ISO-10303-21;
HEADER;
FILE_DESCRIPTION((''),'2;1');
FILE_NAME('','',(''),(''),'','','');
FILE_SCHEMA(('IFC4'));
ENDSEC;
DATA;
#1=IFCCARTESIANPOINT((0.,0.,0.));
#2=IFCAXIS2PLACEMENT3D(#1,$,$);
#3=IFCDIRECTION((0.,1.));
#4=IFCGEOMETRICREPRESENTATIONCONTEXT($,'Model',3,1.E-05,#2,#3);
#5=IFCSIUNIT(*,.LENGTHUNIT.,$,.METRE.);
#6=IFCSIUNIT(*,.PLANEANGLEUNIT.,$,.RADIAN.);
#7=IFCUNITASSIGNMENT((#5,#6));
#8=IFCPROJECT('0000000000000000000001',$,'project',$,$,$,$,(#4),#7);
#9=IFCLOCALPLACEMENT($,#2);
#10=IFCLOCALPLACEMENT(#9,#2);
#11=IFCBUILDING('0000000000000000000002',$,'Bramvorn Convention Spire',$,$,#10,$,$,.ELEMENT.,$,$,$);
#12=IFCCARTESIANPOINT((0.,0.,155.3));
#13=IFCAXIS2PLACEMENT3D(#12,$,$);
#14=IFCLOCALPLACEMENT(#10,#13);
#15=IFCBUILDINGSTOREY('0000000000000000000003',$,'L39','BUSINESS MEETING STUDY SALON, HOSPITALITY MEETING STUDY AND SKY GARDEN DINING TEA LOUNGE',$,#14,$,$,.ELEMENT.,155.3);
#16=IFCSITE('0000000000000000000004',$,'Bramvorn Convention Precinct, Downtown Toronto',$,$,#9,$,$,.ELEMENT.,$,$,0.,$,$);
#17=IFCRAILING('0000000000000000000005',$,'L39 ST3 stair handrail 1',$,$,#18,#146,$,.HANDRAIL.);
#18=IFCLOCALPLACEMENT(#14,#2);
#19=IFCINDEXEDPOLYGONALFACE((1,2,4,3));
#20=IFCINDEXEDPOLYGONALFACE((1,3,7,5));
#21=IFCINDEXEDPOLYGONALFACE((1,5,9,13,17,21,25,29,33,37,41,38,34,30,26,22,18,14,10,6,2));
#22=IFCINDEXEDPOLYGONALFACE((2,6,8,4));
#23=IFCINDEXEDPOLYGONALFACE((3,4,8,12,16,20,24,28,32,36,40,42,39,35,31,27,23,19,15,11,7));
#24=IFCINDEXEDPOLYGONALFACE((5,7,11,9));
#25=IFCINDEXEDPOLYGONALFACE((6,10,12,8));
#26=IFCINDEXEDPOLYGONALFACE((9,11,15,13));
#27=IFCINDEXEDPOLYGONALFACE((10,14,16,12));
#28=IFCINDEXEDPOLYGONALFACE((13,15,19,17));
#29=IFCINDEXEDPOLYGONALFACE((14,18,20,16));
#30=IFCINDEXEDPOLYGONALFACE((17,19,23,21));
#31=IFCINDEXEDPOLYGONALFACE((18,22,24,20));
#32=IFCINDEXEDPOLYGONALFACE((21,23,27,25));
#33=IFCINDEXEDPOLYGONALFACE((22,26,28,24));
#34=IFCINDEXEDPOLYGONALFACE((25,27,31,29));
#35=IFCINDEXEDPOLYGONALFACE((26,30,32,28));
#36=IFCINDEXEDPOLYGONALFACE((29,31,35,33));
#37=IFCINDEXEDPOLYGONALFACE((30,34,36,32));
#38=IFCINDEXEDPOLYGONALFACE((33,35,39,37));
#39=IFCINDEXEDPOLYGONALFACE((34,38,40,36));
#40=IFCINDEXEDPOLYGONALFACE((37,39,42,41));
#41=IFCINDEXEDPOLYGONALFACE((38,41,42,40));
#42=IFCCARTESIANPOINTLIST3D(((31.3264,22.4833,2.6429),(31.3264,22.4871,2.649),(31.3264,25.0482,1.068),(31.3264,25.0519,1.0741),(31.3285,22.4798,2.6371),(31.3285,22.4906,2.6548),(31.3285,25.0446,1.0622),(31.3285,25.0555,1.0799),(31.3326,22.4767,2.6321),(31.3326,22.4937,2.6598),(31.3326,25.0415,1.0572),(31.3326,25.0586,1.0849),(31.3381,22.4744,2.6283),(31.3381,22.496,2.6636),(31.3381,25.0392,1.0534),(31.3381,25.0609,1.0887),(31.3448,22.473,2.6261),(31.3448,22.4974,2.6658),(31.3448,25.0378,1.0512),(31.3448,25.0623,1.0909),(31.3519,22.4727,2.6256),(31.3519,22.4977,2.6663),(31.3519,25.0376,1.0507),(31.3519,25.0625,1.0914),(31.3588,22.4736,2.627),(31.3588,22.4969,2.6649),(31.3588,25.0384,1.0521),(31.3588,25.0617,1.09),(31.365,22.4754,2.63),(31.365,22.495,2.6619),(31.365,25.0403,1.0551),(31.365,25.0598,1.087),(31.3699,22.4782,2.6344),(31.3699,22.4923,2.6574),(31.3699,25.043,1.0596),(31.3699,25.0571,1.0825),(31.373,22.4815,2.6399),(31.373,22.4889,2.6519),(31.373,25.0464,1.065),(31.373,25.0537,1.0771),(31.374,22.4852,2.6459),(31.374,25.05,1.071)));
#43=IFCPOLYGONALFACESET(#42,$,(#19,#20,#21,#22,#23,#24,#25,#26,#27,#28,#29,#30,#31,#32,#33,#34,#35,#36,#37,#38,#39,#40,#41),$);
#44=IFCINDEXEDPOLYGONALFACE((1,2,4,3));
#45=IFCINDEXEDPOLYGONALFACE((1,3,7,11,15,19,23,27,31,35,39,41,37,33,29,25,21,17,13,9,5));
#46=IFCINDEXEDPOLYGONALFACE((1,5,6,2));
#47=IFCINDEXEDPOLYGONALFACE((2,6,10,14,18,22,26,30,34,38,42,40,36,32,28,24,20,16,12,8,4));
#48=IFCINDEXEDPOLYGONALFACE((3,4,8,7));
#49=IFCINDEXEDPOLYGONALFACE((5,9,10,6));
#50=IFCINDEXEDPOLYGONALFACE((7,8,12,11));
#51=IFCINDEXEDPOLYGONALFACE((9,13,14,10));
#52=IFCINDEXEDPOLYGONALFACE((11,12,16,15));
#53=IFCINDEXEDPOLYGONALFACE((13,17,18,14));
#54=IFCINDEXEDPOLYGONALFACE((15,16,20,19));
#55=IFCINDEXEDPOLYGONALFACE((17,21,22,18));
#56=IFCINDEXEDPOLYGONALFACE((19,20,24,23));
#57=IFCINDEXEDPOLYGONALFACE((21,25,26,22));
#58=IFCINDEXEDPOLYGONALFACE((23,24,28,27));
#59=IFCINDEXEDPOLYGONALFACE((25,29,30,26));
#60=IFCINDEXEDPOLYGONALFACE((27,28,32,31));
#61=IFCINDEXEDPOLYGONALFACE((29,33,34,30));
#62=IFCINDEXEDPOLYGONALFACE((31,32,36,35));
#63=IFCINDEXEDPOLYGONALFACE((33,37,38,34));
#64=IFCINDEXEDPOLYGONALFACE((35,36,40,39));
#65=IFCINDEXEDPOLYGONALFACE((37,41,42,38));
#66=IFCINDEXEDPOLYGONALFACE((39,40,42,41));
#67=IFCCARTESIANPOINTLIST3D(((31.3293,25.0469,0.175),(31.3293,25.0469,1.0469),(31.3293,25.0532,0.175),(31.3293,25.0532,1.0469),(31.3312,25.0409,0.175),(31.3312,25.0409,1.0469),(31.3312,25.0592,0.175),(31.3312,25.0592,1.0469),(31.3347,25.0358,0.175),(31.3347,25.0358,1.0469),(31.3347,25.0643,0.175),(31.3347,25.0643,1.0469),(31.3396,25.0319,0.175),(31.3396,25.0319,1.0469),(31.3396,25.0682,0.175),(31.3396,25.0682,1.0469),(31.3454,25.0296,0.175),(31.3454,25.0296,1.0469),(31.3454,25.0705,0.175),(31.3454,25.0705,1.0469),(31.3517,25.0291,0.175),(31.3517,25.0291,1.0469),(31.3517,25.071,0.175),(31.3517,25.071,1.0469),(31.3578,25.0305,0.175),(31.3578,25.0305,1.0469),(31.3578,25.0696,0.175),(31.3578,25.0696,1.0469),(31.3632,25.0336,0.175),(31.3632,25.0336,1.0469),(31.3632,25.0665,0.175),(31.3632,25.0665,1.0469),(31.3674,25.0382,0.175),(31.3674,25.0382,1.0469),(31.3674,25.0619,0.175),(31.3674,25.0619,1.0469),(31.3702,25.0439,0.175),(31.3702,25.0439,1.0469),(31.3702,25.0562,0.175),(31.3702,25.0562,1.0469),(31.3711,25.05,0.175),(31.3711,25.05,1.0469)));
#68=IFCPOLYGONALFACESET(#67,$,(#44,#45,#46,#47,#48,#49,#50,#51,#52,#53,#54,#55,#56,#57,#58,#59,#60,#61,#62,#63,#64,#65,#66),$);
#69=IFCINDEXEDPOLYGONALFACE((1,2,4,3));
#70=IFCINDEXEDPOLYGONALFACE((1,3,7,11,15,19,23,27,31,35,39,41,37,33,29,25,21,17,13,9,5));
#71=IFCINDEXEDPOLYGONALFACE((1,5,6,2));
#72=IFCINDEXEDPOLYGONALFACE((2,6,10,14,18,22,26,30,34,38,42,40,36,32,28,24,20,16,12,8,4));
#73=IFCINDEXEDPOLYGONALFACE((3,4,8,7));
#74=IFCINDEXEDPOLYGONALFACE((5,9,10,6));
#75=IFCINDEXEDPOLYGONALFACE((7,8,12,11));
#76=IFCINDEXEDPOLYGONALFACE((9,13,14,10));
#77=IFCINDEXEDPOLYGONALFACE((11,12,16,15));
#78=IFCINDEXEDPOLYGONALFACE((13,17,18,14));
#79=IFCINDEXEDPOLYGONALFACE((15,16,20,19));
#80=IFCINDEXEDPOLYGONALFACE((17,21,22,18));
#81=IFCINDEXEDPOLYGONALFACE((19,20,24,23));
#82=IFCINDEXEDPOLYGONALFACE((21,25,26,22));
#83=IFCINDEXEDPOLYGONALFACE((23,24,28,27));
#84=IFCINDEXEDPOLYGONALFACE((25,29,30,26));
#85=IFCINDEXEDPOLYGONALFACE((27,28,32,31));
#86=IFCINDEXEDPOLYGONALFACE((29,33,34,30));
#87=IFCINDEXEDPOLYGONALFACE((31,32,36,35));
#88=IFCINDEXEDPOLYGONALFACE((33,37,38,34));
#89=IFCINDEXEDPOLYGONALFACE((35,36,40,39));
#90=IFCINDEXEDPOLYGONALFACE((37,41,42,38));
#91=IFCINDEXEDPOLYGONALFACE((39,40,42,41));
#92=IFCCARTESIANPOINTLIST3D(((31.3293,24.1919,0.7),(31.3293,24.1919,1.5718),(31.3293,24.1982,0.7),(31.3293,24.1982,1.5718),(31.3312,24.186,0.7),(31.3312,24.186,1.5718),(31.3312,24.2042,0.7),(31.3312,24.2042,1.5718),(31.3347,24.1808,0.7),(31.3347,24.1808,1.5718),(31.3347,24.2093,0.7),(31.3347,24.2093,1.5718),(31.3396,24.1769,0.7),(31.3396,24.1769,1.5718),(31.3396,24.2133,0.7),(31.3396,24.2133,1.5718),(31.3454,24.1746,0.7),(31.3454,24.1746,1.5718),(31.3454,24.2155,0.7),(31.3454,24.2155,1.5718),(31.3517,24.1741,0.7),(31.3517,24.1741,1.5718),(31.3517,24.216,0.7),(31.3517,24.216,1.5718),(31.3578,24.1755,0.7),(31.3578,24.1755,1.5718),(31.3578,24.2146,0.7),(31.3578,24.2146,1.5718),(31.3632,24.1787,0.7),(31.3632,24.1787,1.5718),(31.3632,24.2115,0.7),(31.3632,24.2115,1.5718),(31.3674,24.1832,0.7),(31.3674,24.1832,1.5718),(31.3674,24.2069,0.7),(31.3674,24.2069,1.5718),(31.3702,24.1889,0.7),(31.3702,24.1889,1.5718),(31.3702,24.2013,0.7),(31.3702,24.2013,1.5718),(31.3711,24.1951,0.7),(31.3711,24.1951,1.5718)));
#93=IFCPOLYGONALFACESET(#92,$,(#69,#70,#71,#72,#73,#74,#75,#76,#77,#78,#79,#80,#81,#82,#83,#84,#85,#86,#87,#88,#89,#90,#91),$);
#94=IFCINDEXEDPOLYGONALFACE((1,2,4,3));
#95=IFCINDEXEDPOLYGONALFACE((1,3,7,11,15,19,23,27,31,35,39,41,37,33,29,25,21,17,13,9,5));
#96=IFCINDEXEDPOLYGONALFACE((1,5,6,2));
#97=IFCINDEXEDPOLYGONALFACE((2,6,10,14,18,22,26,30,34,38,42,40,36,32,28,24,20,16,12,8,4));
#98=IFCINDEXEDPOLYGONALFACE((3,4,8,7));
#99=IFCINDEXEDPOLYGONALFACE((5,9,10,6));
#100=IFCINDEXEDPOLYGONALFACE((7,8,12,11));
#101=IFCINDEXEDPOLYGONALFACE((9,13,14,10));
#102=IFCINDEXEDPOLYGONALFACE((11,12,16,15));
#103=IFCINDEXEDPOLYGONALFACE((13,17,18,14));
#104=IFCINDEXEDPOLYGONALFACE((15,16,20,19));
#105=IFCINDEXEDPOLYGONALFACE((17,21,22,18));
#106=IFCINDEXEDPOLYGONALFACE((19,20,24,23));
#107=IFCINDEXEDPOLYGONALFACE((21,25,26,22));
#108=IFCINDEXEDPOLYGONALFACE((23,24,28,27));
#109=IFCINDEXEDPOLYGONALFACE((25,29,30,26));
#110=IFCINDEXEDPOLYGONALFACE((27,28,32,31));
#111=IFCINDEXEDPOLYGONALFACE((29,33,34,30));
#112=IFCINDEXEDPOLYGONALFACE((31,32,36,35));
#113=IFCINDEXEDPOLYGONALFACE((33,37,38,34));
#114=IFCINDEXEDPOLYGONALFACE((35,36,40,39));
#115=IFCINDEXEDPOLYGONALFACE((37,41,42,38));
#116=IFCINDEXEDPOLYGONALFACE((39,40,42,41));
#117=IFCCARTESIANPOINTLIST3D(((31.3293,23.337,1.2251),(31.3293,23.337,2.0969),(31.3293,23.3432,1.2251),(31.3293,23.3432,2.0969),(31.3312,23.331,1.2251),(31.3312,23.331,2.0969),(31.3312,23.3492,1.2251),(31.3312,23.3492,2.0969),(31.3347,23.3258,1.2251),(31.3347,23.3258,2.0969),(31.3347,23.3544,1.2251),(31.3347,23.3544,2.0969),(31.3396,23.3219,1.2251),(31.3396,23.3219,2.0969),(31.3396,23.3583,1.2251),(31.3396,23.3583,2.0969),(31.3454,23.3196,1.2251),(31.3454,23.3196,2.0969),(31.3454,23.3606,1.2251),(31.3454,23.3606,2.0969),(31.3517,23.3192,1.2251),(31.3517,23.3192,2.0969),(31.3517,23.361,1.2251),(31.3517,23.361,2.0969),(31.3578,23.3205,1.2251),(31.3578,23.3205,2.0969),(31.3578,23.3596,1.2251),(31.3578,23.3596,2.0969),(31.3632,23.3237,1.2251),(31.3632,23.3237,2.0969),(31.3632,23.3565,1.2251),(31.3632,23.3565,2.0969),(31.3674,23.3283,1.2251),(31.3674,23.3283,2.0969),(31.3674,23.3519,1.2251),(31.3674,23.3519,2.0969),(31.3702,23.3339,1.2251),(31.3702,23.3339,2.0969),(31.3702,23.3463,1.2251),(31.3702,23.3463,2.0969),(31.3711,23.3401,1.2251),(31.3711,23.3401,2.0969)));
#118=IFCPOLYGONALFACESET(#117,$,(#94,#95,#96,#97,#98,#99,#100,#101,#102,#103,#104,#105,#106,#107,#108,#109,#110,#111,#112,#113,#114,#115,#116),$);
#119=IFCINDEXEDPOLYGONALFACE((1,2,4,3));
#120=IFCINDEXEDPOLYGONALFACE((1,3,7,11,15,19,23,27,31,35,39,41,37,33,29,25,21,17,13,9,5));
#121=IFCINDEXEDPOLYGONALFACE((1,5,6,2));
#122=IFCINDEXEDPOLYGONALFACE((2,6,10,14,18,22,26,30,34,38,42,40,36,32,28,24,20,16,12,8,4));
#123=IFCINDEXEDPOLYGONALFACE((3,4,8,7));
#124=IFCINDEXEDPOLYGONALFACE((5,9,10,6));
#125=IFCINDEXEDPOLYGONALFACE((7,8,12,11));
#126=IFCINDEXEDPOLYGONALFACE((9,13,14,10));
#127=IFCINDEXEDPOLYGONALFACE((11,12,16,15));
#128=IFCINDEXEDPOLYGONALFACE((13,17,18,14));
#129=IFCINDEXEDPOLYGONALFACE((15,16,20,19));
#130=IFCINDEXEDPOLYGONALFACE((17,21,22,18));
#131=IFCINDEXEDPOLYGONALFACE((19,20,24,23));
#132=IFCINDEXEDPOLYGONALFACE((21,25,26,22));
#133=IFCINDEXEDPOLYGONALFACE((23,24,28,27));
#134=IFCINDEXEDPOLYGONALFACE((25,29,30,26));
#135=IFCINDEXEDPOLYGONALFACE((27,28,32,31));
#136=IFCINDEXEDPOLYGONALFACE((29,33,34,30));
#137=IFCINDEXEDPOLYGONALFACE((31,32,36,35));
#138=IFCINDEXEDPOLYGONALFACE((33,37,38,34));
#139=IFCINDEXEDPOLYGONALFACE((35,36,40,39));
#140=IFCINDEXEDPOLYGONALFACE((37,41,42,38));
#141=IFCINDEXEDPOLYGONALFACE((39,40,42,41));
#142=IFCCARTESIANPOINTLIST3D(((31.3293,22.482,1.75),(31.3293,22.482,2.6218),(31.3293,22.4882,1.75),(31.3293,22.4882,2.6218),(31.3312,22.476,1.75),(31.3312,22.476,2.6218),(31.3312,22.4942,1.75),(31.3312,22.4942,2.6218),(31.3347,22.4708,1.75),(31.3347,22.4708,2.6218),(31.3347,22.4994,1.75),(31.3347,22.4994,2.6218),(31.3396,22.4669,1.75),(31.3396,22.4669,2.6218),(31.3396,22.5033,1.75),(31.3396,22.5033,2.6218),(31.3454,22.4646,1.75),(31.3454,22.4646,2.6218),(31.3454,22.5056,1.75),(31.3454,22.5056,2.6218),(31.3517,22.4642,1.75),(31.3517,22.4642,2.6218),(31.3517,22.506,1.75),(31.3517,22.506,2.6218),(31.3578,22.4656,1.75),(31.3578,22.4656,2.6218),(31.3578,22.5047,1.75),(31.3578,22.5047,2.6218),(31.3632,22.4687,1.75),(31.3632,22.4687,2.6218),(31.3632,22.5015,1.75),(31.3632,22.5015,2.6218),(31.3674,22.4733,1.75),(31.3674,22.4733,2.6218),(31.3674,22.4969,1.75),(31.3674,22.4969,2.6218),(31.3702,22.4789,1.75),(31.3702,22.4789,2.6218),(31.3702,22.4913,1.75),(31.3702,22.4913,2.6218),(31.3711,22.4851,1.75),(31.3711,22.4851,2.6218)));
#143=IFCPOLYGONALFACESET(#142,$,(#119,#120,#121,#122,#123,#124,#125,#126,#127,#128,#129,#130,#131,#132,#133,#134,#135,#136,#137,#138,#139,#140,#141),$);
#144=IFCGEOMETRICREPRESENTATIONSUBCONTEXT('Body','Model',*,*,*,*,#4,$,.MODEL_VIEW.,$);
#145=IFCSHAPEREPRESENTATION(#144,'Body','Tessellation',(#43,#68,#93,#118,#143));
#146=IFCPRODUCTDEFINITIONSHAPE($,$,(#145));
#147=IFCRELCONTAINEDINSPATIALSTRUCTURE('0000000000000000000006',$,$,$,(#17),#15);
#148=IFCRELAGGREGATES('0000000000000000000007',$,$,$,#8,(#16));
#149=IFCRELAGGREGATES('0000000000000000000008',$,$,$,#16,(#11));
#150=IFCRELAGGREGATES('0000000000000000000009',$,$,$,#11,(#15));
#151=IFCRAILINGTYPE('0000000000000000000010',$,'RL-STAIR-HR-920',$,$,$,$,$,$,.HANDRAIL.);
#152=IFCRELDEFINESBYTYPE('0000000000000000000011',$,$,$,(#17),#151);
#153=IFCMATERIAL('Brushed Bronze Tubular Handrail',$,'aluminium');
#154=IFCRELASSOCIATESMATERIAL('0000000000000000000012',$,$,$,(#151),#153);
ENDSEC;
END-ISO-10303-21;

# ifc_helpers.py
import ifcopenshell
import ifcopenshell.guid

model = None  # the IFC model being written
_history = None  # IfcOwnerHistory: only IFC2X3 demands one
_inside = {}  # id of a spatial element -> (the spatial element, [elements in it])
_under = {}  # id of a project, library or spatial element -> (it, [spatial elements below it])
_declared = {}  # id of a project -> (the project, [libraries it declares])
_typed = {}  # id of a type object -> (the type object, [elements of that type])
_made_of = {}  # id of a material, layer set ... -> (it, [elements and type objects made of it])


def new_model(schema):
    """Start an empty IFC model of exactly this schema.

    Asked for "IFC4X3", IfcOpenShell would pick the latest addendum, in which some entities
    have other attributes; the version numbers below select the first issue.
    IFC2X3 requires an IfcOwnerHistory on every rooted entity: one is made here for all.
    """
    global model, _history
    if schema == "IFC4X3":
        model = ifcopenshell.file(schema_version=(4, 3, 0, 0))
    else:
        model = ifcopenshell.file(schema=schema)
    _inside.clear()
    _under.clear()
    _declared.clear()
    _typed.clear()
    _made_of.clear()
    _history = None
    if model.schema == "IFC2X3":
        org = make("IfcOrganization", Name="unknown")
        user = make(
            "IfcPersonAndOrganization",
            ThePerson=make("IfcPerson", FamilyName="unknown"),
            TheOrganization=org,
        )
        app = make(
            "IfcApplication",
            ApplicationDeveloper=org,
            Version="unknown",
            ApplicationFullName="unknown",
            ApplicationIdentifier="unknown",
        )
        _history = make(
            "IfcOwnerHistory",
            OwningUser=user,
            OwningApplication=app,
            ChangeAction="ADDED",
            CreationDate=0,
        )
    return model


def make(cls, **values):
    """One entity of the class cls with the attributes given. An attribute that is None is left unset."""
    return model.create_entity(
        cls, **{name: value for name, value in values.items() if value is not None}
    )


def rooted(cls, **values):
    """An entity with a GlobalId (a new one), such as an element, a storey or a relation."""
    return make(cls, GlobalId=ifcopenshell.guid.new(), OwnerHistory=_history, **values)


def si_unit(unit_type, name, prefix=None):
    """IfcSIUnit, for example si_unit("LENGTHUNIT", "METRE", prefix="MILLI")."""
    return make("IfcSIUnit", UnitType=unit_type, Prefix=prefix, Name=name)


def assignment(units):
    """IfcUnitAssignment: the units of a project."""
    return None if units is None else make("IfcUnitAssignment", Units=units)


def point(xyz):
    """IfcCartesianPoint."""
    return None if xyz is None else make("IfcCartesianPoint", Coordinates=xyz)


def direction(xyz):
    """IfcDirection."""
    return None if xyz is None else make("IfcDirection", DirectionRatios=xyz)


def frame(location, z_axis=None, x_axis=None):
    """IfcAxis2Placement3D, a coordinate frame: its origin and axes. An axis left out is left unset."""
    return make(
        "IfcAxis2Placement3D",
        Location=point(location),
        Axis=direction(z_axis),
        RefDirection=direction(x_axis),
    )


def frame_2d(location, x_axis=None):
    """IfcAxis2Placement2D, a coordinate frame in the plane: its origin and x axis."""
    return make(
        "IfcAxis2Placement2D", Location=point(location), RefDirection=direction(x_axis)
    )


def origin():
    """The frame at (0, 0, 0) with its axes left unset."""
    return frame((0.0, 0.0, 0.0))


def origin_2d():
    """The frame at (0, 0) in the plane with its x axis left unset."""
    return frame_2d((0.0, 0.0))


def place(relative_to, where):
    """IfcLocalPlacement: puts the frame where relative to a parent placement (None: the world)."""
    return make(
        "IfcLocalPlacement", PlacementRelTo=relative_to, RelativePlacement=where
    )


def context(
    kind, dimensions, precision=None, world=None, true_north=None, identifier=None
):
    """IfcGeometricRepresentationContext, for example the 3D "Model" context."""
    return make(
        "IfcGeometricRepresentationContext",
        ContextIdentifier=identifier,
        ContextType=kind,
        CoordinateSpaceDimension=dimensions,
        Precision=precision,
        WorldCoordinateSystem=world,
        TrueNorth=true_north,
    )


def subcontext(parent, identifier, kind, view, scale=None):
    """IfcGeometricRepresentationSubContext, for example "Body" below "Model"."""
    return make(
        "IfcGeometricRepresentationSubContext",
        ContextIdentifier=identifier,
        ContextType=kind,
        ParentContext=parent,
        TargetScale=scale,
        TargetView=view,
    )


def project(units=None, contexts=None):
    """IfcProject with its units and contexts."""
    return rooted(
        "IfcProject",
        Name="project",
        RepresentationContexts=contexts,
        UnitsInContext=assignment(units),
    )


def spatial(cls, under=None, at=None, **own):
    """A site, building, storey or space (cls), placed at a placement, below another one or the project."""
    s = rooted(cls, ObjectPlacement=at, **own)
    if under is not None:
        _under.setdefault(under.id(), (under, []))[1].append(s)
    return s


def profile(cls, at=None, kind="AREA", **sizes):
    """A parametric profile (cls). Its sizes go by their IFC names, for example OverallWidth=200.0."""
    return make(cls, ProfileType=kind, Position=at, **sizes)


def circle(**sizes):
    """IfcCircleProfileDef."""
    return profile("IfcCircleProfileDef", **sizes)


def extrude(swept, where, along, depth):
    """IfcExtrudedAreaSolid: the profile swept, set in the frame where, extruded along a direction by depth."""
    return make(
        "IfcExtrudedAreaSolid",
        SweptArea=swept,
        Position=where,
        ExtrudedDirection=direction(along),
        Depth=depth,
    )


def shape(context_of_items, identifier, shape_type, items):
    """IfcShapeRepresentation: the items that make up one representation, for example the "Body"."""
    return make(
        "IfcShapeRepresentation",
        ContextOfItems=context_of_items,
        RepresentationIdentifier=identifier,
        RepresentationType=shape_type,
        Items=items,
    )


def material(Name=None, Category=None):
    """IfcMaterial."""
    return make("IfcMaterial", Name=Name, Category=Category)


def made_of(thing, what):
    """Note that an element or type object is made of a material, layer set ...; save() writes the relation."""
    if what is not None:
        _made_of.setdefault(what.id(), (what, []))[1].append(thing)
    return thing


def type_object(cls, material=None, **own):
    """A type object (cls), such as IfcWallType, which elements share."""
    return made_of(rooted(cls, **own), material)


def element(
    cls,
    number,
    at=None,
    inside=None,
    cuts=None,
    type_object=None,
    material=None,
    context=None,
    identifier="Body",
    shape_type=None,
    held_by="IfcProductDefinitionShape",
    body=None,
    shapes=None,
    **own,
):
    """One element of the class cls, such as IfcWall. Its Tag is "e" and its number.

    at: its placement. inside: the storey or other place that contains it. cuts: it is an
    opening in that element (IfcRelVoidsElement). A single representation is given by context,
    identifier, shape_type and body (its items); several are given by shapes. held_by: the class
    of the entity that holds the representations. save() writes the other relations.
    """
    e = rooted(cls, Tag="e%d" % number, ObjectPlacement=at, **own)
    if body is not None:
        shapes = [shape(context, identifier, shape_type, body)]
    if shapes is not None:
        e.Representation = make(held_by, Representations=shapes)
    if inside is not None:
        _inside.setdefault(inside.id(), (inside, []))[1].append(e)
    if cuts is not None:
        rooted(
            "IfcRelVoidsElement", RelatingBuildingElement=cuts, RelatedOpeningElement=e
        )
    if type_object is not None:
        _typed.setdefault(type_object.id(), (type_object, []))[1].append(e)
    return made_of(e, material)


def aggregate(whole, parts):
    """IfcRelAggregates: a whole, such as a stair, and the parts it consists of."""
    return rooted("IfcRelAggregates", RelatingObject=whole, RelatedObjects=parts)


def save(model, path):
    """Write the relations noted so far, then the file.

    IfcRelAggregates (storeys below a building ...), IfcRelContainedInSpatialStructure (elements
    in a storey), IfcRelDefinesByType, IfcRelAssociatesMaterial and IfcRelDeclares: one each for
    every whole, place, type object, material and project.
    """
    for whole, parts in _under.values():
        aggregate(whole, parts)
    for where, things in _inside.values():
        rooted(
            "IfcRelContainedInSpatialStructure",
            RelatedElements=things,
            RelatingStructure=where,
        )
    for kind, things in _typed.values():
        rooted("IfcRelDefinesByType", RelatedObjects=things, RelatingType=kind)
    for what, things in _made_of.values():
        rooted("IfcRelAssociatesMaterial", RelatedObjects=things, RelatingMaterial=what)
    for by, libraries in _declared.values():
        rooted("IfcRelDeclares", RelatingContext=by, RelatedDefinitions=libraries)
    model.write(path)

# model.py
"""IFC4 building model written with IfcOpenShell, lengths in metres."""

from ifc_helpers import new_model, si_unit, direction, frame, origin, origin_2d, place, context, subcontext, project, spatial, circle, extrude, material, type_object, element, save


model = new_model("IFC4")

# Units and contexts
model_context = context("Model", 3, precision=1e-05, world=origin(), true_north=direction((0.0, 1.0)))
body_context = subcontext(model_context, "Body", "Model", "MODEL_VIEW")
ifc_project = project(units=[si_unit("LENGTHUNIT", "METRE"), si_unit("PLANEANGLEUNIT", "RADIAN")], contexts=[model_context])

# Site, building, storey
site_placement = place(None, origin())
site = spatial("IfcSite", under=ifc_project, at=site_placement, Name="Bramvorn Convention Precinct, Downtown Toronto", CompositionType="ELEMENT", RefElevation=0.0)
building_placement = place(site_placement, origin())
building = spatial("IfcBuilding", under=site, at=building_placement, Name="Bramvorn Convention Spire", CompositionType="ELEMENT")
storey_placement = place(building_placement, frame((0.0, 0.0, 155.3)))
storey = spatial("IfcBuildingStorey", under=building, at=storey_placement, Name="L39", Description="BUSINESS MEETING STUDY SALON, HOSPITALITY MEETING STUDY AND SKY GARDEN DINING TEA LOUNGE", CompositionType="ELEMENT", Elevation=155.3)

# Railing
ifc_material_1 = material(Name="Brushed Bronze Tubular Handrail", Category="aluminium")
railing_type_1 = type_object("IfcRailingType", Name="RL-STAIR-HR-920", PredefinedType="HANDRAIL", material=ifc_material_1)
railing_1_placement = place(storey_placement, frame((31.3501, 25.05, 0.175)))
element("IfcRailing", 1, at=railing_1_placement, inside=storey, type_object=railing_type_1, Name="L39 ST3 stair handrail 1", PredefinedType="HANDRAIL", context=body_context, shape_type="SweptSolid", body=[
    extrude(circle(Radius=0.0239, at=origin_2d()), frame((0.0, 0.0, 0.896), z_axis=(0.0, -0.852173, 0.52326), x_axis=(1.0, 0.0, 0.0)), (0.0, 0.0, 1.0), 3.0098),
    extrude(circle(Radius=0.021, at=origin_2d()), origin(), (0.0, 0.0, 1.0), 0.8718),
    extrude(circle(Radius=0.021, at=origin_2d()), frame((0.0, -0.855, 0.5249)), (0.0, 0.0, 1.0), 0.8718),
    extrude(circle(Radius=0.021, at=origin_2d()), frame((0.0, -1.71, 1.05)), (0.0, 0.0, 1.0), 0.8718),
    extrude(circle(Radius=0.021, at=origin_2d()), frame((0.0, -2.5649, 1.575)), (0.0, 0.0, 1.0), 0.8718),
])

save(model, "model.ifc")
